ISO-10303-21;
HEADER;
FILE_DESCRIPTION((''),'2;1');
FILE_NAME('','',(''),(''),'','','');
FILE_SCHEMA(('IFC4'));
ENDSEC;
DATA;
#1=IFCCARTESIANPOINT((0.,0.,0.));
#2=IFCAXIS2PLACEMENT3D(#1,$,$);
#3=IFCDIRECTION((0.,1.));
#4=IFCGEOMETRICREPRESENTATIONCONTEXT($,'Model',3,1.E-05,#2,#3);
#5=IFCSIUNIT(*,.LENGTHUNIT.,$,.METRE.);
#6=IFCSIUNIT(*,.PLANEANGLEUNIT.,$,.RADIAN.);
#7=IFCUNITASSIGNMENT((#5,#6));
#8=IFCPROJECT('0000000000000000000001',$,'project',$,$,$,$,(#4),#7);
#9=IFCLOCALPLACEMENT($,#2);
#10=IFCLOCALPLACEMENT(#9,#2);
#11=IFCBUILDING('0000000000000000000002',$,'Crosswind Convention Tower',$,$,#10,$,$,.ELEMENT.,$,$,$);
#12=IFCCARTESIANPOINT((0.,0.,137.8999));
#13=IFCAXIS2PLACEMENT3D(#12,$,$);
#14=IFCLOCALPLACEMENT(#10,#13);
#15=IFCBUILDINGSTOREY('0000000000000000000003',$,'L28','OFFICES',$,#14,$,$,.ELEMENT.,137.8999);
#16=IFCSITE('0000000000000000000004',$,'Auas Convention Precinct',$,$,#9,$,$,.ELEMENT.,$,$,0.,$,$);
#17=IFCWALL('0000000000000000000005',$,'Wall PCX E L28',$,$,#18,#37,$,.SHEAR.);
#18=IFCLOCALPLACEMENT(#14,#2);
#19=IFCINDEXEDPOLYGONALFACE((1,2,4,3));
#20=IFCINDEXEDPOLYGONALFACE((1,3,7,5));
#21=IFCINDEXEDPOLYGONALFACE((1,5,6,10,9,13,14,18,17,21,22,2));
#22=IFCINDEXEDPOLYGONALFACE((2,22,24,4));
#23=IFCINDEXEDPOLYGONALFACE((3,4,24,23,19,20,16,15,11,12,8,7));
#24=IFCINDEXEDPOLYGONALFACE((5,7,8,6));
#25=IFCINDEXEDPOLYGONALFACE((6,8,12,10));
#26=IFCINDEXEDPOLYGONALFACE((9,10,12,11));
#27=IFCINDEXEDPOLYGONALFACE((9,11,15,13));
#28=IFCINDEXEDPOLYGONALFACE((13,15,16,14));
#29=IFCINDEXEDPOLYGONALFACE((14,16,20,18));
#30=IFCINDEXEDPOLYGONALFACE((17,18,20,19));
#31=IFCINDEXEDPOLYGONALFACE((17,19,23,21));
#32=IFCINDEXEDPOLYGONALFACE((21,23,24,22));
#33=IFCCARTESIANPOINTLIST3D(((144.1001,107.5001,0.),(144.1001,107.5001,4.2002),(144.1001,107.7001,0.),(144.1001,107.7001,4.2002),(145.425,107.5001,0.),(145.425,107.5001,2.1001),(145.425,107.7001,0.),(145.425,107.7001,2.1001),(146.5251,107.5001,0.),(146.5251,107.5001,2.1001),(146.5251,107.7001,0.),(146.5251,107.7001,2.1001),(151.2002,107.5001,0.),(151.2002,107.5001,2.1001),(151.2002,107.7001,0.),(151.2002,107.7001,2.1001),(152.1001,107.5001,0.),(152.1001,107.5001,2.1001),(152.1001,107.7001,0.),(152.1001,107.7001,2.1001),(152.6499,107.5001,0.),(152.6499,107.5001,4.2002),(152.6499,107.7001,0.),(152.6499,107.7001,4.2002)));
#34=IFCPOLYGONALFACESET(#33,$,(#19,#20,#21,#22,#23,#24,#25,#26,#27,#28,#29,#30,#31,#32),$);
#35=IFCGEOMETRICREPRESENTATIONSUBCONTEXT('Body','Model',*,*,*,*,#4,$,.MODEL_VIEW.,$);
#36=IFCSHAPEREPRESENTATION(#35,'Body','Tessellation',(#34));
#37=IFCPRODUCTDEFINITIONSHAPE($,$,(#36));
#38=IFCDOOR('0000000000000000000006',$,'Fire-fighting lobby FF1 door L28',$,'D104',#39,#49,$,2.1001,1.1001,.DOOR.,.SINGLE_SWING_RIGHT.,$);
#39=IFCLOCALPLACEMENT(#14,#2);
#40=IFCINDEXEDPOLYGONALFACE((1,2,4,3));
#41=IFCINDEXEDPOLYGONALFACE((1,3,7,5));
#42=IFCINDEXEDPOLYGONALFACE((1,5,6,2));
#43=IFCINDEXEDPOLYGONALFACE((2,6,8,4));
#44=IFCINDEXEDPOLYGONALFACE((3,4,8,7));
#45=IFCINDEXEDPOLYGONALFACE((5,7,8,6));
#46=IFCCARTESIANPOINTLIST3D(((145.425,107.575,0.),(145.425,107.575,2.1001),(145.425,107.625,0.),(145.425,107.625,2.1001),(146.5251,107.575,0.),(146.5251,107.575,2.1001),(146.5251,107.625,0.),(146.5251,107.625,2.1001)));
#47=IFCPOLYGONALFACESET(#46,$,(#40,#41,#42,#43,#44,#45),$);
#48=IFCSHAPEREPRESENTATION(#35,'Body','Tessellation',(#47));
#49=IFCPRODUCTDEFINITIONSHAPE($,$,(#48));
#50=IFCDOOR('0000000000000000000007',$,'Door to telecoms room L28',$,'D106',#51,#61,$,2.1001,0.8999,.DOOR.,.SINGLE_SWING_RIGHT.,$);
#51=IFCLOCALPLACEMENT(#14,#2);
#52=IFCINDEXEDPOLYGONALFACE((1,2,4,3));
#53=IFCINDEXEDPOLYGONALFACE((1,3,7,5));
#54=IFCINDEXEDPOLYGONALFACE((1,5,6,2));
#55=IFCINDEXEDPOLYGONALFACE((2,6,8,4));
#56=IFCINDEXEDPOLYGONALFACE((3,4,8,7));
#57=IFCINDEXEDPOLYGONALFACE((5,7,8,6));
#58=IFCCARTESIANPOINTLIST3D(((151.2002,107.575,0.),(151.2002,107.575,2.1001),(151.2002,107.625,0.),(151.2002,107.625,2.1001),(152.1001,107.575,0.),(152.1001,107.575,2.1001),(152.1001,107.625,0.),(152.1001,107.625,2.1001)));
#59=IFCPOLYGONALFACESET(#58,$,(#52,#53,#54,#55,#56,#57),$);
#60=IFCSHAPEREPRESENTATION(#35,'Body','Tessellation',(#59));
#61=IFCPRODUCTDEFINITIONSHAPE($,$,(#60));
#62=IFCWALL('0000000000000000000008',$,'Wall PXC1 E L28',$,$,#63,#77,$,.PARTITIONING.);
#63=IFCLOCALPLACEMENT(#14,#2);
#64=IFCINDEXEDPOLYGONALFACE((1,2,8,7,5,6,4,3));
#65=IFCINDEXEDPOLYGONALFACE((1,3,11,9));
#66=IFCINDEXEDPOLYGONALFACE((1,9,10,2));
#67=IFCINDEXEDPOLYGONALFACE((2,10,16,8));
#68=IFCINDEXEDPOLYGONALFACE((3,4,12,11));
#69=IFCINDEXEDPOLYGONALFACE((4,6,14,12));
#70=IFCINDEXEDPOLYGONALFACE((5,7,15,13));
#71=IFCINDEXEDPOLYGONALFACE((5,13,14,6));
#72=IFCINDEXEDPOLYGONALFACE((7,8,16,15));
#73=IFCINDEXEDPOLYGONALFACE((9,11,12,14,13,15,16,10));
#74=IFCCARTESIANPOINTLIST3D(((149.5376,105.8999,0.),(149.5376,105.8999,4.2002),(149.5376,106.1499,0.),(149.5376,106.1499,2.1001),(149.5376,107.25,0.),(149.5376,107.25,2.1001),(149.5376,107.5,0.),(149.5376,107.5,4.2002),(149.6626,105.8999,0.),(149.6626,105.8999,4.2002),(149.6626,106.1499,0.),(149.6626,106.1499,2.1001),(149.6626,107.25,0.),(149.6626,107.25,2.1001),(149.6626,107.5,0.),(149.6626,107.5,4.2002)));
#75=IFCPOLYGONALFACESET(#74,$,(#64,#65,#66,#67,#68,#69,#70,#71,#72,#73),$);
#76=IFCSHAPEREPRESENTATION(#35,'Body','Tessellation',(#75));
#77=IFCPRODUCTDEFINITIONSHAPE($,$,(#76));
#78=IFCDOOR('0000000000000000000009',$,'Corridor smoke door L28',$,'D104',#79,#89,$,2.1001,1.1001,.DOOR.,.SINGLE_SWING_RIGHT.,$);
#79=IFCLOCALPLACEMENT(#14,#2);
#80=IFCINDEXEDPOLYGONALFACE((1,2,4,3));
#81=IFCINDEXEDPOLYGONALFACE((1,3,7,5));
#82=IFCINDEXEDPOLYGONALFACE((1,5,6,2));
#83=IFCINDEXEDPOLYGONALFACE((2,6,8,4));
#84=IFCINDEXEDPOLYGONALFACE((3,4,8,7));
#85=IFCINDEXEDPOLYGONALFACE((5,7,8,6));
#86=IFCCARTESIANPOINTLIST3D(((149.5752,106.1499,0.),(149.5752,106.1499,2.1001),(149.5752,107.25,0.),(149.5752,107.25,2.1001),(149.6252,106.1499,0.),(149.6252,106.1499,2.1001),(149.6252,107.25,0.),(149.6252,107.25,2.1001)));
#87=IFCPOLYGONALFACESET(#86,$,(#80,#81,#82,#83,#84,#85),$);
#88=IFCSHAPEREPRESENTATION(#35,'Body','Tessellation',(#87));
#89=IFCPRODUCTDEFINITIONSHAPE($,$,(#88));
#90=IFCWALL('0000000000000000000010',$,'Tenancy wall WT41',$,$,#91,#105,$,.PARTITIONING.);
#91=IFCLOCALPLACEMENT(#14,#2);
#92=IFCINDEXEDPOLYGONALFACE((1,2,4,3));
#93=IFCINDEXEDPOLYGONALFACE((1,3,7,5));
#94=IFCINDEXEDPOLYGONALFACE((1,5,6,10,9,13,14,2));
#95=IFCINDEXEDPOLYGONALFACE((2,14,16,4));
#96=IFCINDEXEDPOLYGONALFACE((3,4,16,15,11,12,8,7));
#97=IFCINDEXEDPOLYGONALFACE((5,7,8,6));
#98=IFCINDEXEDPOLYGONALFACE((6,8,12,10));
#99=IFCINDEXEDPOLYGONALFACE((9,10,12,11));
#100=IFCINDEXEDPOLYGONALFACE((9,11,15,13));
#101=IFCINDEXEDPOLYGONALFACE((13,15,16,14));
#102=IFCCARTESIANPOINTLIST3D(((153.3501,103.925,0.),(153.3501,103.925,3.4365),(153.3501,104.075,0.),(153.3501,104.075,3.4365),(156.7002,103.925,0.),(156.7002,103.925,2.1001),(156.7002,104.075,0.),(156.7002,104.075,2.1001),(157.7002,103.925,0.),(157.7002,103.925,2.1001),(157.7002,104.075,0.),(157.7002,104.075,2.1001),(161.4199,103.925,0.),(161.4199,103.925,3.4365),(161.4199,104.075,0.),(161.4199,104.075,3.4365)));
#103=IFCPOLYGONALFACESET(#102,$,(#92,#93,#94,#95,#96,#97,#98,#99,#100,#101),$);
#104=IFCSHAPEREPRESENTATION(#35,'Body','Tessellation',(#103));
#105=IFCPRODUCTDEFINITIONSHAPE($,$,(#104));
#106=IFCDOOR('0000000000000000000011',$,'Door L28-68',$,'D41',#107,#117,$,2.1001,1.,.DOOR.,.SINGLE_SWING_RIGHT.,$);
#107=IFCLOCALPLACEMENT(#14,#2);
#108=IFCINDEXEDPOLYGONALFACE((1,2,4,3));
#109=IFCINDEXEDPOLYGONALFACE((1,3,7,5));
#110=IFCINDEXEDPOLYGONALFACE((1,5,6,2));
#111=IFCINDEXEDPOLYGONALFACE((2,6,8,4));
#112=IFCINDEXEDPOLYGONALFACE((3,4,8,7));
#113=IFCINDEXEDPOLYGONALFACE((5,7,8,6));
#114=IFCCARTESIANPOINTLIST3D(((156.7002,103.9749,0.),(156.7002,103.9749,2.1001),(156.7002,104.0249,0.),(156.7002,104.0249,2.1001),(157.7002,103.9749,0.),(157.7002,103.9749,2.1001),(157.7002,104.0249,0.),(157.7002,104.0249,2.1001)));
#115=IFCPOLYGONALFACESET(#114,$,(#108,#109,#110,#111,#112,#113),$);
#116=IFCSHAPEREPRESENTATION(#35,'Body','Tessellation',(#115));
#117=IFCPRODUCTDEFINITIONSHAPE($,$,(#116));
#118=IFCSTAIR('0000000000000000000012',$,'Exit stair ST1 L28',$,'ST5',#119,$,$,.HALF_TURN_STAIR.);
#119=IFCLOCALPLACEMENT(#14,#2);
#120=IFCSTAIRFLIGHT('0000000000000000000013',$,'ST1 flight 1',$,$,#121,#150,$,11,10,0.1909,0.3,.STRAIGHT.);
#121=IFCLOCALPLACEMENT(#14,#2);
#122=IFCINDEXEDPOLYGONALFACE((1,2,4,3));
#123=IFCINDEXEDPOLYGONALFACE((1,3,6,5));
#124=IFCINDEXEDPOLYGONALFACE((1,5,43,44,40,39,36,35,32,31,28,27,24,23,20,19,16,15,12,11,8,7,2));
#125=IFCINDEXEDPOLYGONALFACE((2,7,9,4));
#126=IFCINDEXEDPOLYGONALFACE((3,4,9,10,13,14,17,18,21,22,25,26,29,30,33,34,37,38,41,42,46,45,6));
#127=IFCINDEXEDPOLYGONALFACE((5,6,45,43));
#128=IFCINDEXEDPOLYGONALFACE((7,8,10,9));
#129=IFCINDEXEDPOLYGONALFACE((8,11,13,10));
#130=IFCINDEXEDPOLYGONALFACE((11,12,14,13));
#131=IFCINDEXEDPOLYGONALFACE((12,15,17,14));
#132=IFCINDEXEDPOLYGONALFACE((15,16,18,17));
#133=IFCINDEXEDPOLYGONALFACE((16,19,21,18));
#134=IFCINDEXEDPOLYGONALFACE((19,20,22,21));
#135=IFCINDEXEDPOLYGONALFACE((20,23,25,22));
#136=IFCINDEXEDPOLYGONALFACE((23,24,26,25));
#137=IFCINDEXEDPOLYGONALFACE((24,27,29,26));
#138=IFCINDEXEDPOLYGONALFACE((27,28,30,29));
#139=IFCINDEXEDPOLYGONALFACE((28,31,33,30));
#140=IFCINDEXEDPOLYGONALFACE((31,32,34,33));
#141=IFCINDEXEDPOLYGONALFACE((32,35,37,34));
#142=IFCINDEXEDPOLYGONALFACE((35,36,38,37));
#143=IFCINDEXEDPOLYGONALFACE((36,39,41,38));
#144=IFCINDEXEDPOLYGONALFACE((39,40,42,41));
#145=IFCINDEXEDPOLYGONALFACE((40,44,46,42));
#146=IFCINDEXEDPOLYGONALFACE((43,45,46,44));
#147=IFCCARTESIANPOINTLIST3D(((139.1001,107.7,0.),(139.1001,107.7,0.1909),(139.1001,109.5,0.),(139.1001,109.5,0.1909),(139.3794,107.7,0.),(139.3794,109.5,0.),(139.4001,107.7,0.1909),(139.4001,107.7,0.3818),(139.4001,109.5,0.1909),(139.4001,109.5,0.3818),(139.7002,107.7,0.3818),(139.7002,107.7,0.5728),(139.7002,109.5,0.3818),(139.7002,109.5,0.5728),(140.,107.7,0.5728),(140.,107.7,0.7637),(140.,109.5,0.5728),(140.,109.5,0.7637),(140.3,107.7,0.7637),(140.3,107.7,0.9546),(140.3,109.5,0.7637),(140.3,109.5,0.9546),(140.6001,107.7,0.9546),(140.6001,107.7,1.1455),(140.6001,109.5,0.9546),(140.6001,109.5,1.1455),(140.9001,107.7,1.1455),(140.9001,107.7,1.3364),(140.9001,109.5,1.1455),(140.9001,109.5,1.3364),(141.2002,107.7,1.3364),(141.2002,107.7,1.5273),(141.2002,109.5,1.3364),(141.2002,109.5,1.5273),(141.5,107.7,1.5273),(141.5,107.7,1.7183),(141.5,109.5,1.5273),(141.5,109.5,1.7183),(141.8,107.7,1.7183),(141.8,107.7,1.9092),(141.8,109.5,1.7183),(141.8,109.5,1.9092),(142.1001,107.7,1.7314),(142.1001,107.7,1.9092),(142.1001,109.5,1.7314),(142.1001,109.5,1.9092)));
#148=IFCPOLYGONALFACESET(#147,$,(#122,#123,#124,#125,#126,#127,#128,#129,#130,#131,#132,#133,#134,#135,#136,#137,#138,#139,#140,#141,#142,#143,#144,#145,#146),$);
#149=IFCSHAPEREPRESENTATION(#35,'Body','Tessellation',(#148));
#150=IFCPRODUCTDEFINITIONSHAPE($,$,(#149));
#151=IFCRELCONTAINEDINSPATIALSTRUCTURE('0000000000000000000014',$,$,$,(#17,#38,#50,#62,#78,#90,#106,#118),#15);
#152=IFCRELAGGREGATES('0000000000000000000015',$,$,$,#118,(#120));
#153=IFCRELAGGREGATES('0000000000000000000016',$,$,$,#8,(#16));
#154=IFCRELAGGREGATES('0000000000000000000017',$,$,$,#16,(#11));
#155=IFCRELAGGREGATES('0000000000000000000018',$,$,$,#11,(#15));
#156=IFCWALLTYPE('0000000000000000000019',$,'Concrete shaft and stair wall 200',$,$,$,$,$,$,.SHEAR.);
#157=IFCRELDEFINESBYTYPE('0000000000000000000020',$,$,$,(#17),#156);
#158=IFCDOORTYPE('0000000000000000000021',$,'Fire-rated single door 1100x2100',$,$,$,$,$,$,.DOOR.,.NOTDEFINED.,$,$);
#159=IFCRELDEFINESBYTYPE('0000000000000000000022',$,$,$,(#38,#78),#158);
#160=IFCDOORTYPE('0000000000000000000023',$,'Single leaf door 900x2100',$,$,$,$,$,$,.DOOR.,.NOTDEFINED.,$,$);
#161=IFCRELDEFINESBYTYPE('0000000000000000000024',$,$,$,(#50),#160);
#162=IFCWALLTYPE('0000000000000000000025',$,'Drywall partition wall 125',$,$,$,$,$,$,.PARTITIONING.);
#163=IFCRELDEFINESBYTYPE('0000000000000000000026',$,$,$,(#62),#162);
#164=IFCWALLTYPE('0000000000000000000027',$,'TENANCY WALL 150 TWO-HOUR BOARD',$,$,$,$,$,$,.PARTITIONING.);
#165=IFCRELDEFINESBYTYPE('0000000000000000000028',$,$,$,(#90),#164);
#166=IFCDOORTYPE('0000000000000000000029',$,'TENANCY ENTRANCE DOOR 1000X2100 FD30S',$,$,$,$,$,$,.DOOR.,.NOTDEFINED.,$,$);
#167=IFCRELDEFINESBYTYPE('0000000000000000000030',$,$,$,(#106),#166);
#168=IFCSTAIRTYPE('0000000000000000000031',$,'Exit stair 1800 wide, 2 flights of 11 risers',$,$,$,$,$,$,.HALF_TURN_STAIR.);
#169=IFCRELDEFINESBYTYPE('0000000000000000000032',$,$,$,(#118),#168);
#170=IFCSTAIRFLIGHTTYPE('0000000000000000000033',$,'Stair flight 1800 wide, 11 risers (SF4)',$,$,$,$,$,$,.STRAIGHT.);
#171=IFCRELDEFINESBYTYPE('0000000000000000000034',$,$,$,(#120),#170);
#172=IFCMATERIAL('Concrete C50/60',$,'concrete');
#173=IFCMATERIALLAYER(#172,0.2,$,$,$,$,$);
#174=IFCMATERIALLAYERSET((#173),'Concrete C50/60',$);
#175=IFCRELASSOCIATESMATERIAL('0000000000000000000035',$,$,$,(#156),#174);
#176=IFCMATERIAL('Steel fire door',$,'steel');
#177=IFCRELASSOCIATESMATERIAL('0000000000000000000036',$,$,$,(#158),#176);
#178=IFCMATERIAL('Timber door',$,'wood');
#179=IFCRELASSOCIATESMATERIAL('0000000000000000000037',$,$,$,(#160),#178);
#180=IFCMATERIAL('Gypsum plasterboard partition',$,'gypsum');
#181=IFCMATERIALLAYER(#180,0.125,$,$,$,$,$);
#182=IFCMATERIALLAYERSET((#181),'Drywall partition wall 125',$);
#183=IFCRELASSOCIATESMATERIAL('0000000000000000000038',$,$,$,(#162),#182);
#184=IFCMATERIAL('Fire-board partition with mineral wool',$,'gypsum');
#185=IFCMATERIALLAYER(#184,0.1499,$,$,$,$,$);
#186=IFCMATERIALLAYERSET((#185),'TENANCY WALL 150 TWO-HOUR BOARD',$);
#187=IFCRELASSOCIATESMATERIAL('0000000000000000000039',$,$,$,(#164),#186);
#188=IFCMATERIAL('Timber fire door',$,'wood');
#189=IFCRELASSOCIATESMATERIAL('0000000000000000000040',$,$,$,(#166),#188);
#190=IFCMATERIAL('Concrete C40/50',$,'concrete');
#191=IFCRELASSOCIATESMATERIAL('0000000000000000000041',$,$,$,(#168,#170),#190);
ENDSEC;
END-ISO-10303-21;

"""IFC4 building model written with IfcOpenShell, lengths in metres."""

from ifc_helpers import new_model, si_unit, direction, frame, frame_2d, origin, place, context, subcontext, project, spatial, polyline, rectangle, outline, extrude, material, layer, layer_set, type_object, element, fill, aggregate, save


model = new_model("IFC4")

# Units and contexts
model_context = context("Model", 3, precision=1e-05, world=origin(), true_north=direction((0.0, 1.0)))
body_context = subcontext(model_context, "Body", "Model", "MODEL_VIEW")
ifc_project = project(units=[si_unit("LENGTHUNIT", "METRE"), si_unit("PLANEANGLEUNIT", "RADIAN")], contexts=[model_context])

# Site, building, storey
site_placement = place(None, origin())
site = spatial("IfcSite", under=ifc_project, at=site_placement, Name="Auas Convention Precinct", CompositionType="ELEMENT", RefElevation=0.0)
building_placement = place(site_placement, origin())
building = spatial("IfcBuilding", under=site, at=building_placement, Name="Crosswind Convention Tower", CompositionType="ELEMENT")
storey_placement = place(building_placement, frame((0.0, 0.0, 137.8999)))
storey = spatial("IfcBuildingStorey", under=building, at=storey_placement, Name="L28", Description="OFFICES", CompositionType="ELEMENT", Elevation=137.8999)

# Shared definitions
ifc_material_1 = material(Name="Concrete C50/60", Category="concrete")
ifc_layer_1 = layer(ifc_material_1, 0.2)
ifc_layer_set_1 = layer_set([ifc_layer_1], Name="Concrete C50/60")
wall_type_1 = type_object("IfcWallType", Name="Concrete shaft and stair wall 200", PredefinedType="SHEAR", material=ifc_layer_set_1)

# Wall, openings, doors
wall_1_placement = place(storey_placement, frame((144.1001, 107.6001, 0.0), z_axis=(0.0, 0.0, 1.0), x_axis=(1.0, 0.0, 0.0)))
wall_1 = element("IfcWall", 1, at=wall_1_placement, inside=storey, type_object=wall_type_1, Name="Wall PCX E L28", PredefinedType="SHEAR", context=body_context, shape_type="SweptSolid", body=[
    extrude(rectangle(XDim=8.5498, YDim=0.2, at=frame_2d((4.2749, 0.0))), origin(), (0.0, 0.0, 1.0), 4.2002),
])
opening_1_placement = place(wall_1_placement, frame((1.325, 0.0, 0.0)))
opening_1 = element("IfcOpeningElement", 2, at=opening_1_placement, cuts=wall_1, PredefinedType="OPENING", context=body_context, shape_type="SweptSolid", body=[
    extrude(rectangle(XDim=1.1001, YDim=2.1001, at=frame_2d((0.55, 1.05))), frame((0.0, 0.1099, 0.0), z_axis=(0.0, -1.0, 0.0), x_axis=(1.0, 0.0, 0.0)), (0.0, 0.0, 1.0), 0.22),
])
opening_2_placement = place(wall_1_placement, frame((7.1001, 0.0, 0.0)))
opening_2 = element("IfcOpeningElement", 3, at=opening_2_placement, cuts=wall_1, PredefinedType="OPENING", context=body_context, shape_type="SweptSolid", body=[
    extrude(rectangle(XDim=0.8999, YDim=2.1001, at=frame_2d((0.45, 1.05))), frame((0.0, 0.1099, 0.0), z_axis=(0.0, -1.0, 0.0), x_axis=(1.0, 0.0, 0.0)), (0.0, 0.0, 1.0), 0.22),
])
ifc_material_2 = material(Name="Steel fire door", Category="steel")
door_type_1 = type_object("IfcDoorType", Name="Fire-rated single door 1100x2100", OperationType="NOTDEFINED", PredefinedType="DOOR", material=ifc_material_2)
door_1_placement = place(opening_1_placement, origin())
door_1 = element("IfcDoor", 4, at=door_1_placement, inside=storey, type_object=door_type_1, Name="Fire-fighting lobby FF1 door L28", ObjectType="D104", OperationType="SINGLE_SWING_RIGHT", OverallHeight=2.1001, OverallWidth=1.1001, PredefinedType="DOOR", context=body_context, shape_type="SweptSolid", body=[
    extrude(rectangle(XDim=1.1001, YDim=2.1001, at=frame_2d((0.55, 1.05))), frame((0.0, 0.0249, 0.0), z_axis=(0.0, -1.0, 0.0), x_axis=(1.0, 0.0, 0.0)), (0.0, 0.0, 1.0), 0.05),
])
fill(opening_1, door_1)
ifc_material_3 = material(Name="Timber door", Category="wood")
door_type_2 = type_object("IfcDoorType", Name="Single leaf door 900x2100", OperationType="NOTDEFINED", PredefinedType="DOOR", material=ifc_material_3)
door_2_placement = place(opening_2_placement, origin())
door_2 = element("IfcDoor", 5, at=door_2_placement, inside=storey, type_object=door_type_2, Name="Door to telecoms room L28", ObjectType="D106", OperationType="SINGLE_SWING_RIGHT", OverallHeight=2.1001, OverallWidth=0.8999, PredefinedType="DOOR", context=body_context, shape_type="SweptSolid", body=[
    extrude(rectangle(XDim=0.8999, YDim=2.1001, at=frame_2d((0.45, 1.05))), frame((0.0, 0.0249, 0.0), z_axis=(0.0, -1.0, 0.0), x_axis=(1.0, 0.0, 0.0)), (0.0, 0.0, 1.0), 0.05),
])
fill(opening_2, door_2)

# Walls, openings, doors
ifc_material_4 = material(Name="Gypsum plasterboard partition", Category="gypsum")
ifc_layer_2 = layer(ifc_material_4, 0.125)
ifc_layer_set_2 = layer_set([ifc_layer_2], Name="Drywall partition wall 125")
wall_type_2 = type_object("IfcWallType", Name="Drywall partition wall 125", PredefinedType="PARTITIONING", material=ifc_layer_set_2)
wall_2_placement = place(storey_placement, frame((149.6001, 105.8999, 0.0), z_axis=(0.0, 0.0, 1.0), x_axis=(0.0, 1.0, 0.0)))
wall_2 = element("IfcWall", 6, at=wall_2_placement, inside=storey, type_object=wall_type_2, Name="Wall PXC1 E L28", PredefinedType="PARTITIONING", context=body_context, shape_type="SweptSolid", body=[
    extrude(rectangle(XDim=1.6001, YDim=0.125, at=frame_2d((0.8, 0.0))), origin(), (0.0, 0.0, 1.0), 4.2002),
])
opening_3_placement = place(wall_2_placement, frame((0.25, 0.0, 0.0)))
opening_3 = element("IfcOpeningElement", 7, at=opening_3_placement, cuts=wall_2, PredefinedType="OPENING", context=body_context, shape_type="SweptSolid", body=[
    extrude(rectangle(XDim=1.1001, YDim=2.1001, at=frame_2d((0.55, 1.05))), frame((0.0, 0.0725, 0.0), z_axis=(0.0, -1.0, 0.0), x_axis=(1.0, 0.0, 0.0)), (0.0, 0.0, 1.0), 0.145),
])
door_3_placement = place(opening_3_placement, origin())
door_3 = element("IfcDoor", 8, at=door_3_placement, inside=storey, type_object=door_type_1, Name="Corridor smoke door L28", ObjectType="D104", OperationType="SINGLE_SWING_RIGHT", OverallHeight=2.1001, OverallWidth=1.1001, PredefinedType="DOOR", context=body_context, shape_type="SweptSolid", body=[
    extrude(rectangle(XDim=1.1001, YDim=2.1001, at=frame_2d((0.55, 1.05))), frame((0.0, 0.0249, 0.0), z_axis=(0.0, -1.0, 0.0), x_axis=(1.0, 0.0, 0.0)), (0.0, 0.0, 1.0), 0.05),
])
fill(opening_3, door_3)
ifc_material_5 = material(Name="Fire-board partition with mineral wool", Category="gypsum")
ifc_layer_3 = layer(ifc_material_5, 0.1499)
ifc_layer_set_3 = layer_set([ifc_layer_3], Name="TENANCY WALL 150 TWO-HOUR BOARD")
wall_type_3 = type_object("IfcWallType", Name="TENANCY WALL 150 TWO-HOUR BOARD", PredefinedType="PARTITIONING", material=ifc_layer_set_3)
wall_3_placement = place(storey_placement, frame((153.3501, 104.0, 0.0), z_axis=(0.0, 0.0, 1.0), x_axis=(1.0, 0.0, 0.0)))
wall_3 = element("IfcWall", 9, at=wall_3_placement, inside=storey, type_object=wall_type_3, Name="Tenancy wall WT41", PredefinedType="PARTITIONING", context=body_context, shape_type="SweptSolid", body=[
    extrude(rectangle(XDim=8.0698, YDim=0.1499, at=frame_2d((4.0349, 0.0))), origin(), (0.0, 0.0, 1.0), 3.4365),
])
opening_4_placement = place(wall_3_placement, frame((3.3501, 0.0, 0.0)))
opening_4 = element("IfcOpeningElement", 10, at=opening_4_placement, cuts=wall_3, PredefinedType="OPENING", context=body_context, shape_type="SweptSolid", body=[
    extrude(rectangle(XDim=1.0, YDim=2.1001, at=frame_2d((0.5, 1.05))), frame((0.0, 0.085, 0.0), z_axis=(0.0, -1.0, 0.0), x_axis=(1.0, 0.0, 0.0)), (0.0, 0.0, 1.0), 0.1699),
])
ifc_material_6 = material(Name="Timber fire door", Category="wood")
door_type_3 = type_object("IfcDoorType", Name="TENANCY ENTRANCE DOOR 1000X2100 FD30S", OperationType="NOTDEFINED", PredefinedType="DOOR", material=ifc_material_6)
door_4_placement = place(opening_4_placement, origin())
door_4 = element("IfcDoor", 11, at=door_4_placement, inside=storey, type_object=door_type_3, Name="Door L28-68", ObjectType="D41", OperationType="SINGLE_SWING_RIGHT", OverallHeight=2.1001, OverallWidth=1.0, PredefinedType="DOOR", context=body_context, shape_type="SweptSolid", body=[
    extrude(rectangle(XDim=1.0, YDim=2.1001, at=frame_2d((0.5, 1.05))), frame((0.0, 0.0249, 0.0), z_axis=(0.0, -1.0, 0.0), x_axis=(1.0, 0.0, 0.0)), (0.0, 0.0, 1.0), 0.05),
])
fill(opening_4, door_4)

# Stair, stair flight
ifc_material_7 = material(Name="Concrete C40/50", Category="concrete")
stair_type = type_object("IfcStairType", Name="Exit stair 1800 wide, 2 flights of 11 risers", PredefinedType="HALF_TURN_STAIR", material=ifc_material_7)
stair_placement = place(storey_placement, origin())
stair = element("IfcStair", 12, at=stair_placement, inside=storey, type_object=stair_type, Name="Exit stair ST1 L28", ObjectType="ST5", PredefinedType="HALF_TURN_STAIR")
stair_flight_type = type_object("IfcStairFlightType", Name="Stair flight 1800 wide, 11 risers (SF4)", PredefinedType="STRAIGHT", material=ifc_material_7)
stair_flight_1_placement = place(storey_placement, frame((139.1001, 108.6001, 0.0), z_axis=(0.0, 0.0, 1.0), x_axis=(1.0, 0.0, 0.0)))
stair_flight_1 = element("IfcStairFlight", 13, at=stair_flight_1_placement, type_object=stair_flight_type, Name="ST1 flight 1", NumberOfRisers=11, NumberOfTreads=10, PredefinedType="STRAIGHT", RiserHeight=0.1909, TreadLength=0.3, context=body_context, shape_type="SweptSolid", body=[
    extrude(outline(polyline([(0.0, 0.0), (0.0, 0.1909), (0.3, 0.1909), (0.3, 0.3818), (0.6001, 0.3818), (0.6001, 0.5728), (0.8999, 0.5728), (0.8999, 0.7637), (1.2, 0.7637), (1.2, 0.9546), (1.5, 0.9546), (1.5, 1.1455), (1.8, 1.1455), (1.8, 1.3364), (2.1001, 1.3364), (2.1001, 1.5273), (2.3999, 1.5273), (2.3999, 1.7183), (2.7, 1.7183), (2.7, 1.9092), (3.0, 1.9092), (3.0, 2.1001), (3.0, 1.7314), (0.2793, 0.0), (0.0, 0.0)])), frame((0.0, 0.8999, 0.0), z_axis=(0.0, -1.0, 0.0), x_axis=(1.0, 0.0, 0.0)), (0.0, 0.0, 1.0), 1.8),
])
aggregate(stair, [stair_flight_1])

save(model, "model.ifc")
